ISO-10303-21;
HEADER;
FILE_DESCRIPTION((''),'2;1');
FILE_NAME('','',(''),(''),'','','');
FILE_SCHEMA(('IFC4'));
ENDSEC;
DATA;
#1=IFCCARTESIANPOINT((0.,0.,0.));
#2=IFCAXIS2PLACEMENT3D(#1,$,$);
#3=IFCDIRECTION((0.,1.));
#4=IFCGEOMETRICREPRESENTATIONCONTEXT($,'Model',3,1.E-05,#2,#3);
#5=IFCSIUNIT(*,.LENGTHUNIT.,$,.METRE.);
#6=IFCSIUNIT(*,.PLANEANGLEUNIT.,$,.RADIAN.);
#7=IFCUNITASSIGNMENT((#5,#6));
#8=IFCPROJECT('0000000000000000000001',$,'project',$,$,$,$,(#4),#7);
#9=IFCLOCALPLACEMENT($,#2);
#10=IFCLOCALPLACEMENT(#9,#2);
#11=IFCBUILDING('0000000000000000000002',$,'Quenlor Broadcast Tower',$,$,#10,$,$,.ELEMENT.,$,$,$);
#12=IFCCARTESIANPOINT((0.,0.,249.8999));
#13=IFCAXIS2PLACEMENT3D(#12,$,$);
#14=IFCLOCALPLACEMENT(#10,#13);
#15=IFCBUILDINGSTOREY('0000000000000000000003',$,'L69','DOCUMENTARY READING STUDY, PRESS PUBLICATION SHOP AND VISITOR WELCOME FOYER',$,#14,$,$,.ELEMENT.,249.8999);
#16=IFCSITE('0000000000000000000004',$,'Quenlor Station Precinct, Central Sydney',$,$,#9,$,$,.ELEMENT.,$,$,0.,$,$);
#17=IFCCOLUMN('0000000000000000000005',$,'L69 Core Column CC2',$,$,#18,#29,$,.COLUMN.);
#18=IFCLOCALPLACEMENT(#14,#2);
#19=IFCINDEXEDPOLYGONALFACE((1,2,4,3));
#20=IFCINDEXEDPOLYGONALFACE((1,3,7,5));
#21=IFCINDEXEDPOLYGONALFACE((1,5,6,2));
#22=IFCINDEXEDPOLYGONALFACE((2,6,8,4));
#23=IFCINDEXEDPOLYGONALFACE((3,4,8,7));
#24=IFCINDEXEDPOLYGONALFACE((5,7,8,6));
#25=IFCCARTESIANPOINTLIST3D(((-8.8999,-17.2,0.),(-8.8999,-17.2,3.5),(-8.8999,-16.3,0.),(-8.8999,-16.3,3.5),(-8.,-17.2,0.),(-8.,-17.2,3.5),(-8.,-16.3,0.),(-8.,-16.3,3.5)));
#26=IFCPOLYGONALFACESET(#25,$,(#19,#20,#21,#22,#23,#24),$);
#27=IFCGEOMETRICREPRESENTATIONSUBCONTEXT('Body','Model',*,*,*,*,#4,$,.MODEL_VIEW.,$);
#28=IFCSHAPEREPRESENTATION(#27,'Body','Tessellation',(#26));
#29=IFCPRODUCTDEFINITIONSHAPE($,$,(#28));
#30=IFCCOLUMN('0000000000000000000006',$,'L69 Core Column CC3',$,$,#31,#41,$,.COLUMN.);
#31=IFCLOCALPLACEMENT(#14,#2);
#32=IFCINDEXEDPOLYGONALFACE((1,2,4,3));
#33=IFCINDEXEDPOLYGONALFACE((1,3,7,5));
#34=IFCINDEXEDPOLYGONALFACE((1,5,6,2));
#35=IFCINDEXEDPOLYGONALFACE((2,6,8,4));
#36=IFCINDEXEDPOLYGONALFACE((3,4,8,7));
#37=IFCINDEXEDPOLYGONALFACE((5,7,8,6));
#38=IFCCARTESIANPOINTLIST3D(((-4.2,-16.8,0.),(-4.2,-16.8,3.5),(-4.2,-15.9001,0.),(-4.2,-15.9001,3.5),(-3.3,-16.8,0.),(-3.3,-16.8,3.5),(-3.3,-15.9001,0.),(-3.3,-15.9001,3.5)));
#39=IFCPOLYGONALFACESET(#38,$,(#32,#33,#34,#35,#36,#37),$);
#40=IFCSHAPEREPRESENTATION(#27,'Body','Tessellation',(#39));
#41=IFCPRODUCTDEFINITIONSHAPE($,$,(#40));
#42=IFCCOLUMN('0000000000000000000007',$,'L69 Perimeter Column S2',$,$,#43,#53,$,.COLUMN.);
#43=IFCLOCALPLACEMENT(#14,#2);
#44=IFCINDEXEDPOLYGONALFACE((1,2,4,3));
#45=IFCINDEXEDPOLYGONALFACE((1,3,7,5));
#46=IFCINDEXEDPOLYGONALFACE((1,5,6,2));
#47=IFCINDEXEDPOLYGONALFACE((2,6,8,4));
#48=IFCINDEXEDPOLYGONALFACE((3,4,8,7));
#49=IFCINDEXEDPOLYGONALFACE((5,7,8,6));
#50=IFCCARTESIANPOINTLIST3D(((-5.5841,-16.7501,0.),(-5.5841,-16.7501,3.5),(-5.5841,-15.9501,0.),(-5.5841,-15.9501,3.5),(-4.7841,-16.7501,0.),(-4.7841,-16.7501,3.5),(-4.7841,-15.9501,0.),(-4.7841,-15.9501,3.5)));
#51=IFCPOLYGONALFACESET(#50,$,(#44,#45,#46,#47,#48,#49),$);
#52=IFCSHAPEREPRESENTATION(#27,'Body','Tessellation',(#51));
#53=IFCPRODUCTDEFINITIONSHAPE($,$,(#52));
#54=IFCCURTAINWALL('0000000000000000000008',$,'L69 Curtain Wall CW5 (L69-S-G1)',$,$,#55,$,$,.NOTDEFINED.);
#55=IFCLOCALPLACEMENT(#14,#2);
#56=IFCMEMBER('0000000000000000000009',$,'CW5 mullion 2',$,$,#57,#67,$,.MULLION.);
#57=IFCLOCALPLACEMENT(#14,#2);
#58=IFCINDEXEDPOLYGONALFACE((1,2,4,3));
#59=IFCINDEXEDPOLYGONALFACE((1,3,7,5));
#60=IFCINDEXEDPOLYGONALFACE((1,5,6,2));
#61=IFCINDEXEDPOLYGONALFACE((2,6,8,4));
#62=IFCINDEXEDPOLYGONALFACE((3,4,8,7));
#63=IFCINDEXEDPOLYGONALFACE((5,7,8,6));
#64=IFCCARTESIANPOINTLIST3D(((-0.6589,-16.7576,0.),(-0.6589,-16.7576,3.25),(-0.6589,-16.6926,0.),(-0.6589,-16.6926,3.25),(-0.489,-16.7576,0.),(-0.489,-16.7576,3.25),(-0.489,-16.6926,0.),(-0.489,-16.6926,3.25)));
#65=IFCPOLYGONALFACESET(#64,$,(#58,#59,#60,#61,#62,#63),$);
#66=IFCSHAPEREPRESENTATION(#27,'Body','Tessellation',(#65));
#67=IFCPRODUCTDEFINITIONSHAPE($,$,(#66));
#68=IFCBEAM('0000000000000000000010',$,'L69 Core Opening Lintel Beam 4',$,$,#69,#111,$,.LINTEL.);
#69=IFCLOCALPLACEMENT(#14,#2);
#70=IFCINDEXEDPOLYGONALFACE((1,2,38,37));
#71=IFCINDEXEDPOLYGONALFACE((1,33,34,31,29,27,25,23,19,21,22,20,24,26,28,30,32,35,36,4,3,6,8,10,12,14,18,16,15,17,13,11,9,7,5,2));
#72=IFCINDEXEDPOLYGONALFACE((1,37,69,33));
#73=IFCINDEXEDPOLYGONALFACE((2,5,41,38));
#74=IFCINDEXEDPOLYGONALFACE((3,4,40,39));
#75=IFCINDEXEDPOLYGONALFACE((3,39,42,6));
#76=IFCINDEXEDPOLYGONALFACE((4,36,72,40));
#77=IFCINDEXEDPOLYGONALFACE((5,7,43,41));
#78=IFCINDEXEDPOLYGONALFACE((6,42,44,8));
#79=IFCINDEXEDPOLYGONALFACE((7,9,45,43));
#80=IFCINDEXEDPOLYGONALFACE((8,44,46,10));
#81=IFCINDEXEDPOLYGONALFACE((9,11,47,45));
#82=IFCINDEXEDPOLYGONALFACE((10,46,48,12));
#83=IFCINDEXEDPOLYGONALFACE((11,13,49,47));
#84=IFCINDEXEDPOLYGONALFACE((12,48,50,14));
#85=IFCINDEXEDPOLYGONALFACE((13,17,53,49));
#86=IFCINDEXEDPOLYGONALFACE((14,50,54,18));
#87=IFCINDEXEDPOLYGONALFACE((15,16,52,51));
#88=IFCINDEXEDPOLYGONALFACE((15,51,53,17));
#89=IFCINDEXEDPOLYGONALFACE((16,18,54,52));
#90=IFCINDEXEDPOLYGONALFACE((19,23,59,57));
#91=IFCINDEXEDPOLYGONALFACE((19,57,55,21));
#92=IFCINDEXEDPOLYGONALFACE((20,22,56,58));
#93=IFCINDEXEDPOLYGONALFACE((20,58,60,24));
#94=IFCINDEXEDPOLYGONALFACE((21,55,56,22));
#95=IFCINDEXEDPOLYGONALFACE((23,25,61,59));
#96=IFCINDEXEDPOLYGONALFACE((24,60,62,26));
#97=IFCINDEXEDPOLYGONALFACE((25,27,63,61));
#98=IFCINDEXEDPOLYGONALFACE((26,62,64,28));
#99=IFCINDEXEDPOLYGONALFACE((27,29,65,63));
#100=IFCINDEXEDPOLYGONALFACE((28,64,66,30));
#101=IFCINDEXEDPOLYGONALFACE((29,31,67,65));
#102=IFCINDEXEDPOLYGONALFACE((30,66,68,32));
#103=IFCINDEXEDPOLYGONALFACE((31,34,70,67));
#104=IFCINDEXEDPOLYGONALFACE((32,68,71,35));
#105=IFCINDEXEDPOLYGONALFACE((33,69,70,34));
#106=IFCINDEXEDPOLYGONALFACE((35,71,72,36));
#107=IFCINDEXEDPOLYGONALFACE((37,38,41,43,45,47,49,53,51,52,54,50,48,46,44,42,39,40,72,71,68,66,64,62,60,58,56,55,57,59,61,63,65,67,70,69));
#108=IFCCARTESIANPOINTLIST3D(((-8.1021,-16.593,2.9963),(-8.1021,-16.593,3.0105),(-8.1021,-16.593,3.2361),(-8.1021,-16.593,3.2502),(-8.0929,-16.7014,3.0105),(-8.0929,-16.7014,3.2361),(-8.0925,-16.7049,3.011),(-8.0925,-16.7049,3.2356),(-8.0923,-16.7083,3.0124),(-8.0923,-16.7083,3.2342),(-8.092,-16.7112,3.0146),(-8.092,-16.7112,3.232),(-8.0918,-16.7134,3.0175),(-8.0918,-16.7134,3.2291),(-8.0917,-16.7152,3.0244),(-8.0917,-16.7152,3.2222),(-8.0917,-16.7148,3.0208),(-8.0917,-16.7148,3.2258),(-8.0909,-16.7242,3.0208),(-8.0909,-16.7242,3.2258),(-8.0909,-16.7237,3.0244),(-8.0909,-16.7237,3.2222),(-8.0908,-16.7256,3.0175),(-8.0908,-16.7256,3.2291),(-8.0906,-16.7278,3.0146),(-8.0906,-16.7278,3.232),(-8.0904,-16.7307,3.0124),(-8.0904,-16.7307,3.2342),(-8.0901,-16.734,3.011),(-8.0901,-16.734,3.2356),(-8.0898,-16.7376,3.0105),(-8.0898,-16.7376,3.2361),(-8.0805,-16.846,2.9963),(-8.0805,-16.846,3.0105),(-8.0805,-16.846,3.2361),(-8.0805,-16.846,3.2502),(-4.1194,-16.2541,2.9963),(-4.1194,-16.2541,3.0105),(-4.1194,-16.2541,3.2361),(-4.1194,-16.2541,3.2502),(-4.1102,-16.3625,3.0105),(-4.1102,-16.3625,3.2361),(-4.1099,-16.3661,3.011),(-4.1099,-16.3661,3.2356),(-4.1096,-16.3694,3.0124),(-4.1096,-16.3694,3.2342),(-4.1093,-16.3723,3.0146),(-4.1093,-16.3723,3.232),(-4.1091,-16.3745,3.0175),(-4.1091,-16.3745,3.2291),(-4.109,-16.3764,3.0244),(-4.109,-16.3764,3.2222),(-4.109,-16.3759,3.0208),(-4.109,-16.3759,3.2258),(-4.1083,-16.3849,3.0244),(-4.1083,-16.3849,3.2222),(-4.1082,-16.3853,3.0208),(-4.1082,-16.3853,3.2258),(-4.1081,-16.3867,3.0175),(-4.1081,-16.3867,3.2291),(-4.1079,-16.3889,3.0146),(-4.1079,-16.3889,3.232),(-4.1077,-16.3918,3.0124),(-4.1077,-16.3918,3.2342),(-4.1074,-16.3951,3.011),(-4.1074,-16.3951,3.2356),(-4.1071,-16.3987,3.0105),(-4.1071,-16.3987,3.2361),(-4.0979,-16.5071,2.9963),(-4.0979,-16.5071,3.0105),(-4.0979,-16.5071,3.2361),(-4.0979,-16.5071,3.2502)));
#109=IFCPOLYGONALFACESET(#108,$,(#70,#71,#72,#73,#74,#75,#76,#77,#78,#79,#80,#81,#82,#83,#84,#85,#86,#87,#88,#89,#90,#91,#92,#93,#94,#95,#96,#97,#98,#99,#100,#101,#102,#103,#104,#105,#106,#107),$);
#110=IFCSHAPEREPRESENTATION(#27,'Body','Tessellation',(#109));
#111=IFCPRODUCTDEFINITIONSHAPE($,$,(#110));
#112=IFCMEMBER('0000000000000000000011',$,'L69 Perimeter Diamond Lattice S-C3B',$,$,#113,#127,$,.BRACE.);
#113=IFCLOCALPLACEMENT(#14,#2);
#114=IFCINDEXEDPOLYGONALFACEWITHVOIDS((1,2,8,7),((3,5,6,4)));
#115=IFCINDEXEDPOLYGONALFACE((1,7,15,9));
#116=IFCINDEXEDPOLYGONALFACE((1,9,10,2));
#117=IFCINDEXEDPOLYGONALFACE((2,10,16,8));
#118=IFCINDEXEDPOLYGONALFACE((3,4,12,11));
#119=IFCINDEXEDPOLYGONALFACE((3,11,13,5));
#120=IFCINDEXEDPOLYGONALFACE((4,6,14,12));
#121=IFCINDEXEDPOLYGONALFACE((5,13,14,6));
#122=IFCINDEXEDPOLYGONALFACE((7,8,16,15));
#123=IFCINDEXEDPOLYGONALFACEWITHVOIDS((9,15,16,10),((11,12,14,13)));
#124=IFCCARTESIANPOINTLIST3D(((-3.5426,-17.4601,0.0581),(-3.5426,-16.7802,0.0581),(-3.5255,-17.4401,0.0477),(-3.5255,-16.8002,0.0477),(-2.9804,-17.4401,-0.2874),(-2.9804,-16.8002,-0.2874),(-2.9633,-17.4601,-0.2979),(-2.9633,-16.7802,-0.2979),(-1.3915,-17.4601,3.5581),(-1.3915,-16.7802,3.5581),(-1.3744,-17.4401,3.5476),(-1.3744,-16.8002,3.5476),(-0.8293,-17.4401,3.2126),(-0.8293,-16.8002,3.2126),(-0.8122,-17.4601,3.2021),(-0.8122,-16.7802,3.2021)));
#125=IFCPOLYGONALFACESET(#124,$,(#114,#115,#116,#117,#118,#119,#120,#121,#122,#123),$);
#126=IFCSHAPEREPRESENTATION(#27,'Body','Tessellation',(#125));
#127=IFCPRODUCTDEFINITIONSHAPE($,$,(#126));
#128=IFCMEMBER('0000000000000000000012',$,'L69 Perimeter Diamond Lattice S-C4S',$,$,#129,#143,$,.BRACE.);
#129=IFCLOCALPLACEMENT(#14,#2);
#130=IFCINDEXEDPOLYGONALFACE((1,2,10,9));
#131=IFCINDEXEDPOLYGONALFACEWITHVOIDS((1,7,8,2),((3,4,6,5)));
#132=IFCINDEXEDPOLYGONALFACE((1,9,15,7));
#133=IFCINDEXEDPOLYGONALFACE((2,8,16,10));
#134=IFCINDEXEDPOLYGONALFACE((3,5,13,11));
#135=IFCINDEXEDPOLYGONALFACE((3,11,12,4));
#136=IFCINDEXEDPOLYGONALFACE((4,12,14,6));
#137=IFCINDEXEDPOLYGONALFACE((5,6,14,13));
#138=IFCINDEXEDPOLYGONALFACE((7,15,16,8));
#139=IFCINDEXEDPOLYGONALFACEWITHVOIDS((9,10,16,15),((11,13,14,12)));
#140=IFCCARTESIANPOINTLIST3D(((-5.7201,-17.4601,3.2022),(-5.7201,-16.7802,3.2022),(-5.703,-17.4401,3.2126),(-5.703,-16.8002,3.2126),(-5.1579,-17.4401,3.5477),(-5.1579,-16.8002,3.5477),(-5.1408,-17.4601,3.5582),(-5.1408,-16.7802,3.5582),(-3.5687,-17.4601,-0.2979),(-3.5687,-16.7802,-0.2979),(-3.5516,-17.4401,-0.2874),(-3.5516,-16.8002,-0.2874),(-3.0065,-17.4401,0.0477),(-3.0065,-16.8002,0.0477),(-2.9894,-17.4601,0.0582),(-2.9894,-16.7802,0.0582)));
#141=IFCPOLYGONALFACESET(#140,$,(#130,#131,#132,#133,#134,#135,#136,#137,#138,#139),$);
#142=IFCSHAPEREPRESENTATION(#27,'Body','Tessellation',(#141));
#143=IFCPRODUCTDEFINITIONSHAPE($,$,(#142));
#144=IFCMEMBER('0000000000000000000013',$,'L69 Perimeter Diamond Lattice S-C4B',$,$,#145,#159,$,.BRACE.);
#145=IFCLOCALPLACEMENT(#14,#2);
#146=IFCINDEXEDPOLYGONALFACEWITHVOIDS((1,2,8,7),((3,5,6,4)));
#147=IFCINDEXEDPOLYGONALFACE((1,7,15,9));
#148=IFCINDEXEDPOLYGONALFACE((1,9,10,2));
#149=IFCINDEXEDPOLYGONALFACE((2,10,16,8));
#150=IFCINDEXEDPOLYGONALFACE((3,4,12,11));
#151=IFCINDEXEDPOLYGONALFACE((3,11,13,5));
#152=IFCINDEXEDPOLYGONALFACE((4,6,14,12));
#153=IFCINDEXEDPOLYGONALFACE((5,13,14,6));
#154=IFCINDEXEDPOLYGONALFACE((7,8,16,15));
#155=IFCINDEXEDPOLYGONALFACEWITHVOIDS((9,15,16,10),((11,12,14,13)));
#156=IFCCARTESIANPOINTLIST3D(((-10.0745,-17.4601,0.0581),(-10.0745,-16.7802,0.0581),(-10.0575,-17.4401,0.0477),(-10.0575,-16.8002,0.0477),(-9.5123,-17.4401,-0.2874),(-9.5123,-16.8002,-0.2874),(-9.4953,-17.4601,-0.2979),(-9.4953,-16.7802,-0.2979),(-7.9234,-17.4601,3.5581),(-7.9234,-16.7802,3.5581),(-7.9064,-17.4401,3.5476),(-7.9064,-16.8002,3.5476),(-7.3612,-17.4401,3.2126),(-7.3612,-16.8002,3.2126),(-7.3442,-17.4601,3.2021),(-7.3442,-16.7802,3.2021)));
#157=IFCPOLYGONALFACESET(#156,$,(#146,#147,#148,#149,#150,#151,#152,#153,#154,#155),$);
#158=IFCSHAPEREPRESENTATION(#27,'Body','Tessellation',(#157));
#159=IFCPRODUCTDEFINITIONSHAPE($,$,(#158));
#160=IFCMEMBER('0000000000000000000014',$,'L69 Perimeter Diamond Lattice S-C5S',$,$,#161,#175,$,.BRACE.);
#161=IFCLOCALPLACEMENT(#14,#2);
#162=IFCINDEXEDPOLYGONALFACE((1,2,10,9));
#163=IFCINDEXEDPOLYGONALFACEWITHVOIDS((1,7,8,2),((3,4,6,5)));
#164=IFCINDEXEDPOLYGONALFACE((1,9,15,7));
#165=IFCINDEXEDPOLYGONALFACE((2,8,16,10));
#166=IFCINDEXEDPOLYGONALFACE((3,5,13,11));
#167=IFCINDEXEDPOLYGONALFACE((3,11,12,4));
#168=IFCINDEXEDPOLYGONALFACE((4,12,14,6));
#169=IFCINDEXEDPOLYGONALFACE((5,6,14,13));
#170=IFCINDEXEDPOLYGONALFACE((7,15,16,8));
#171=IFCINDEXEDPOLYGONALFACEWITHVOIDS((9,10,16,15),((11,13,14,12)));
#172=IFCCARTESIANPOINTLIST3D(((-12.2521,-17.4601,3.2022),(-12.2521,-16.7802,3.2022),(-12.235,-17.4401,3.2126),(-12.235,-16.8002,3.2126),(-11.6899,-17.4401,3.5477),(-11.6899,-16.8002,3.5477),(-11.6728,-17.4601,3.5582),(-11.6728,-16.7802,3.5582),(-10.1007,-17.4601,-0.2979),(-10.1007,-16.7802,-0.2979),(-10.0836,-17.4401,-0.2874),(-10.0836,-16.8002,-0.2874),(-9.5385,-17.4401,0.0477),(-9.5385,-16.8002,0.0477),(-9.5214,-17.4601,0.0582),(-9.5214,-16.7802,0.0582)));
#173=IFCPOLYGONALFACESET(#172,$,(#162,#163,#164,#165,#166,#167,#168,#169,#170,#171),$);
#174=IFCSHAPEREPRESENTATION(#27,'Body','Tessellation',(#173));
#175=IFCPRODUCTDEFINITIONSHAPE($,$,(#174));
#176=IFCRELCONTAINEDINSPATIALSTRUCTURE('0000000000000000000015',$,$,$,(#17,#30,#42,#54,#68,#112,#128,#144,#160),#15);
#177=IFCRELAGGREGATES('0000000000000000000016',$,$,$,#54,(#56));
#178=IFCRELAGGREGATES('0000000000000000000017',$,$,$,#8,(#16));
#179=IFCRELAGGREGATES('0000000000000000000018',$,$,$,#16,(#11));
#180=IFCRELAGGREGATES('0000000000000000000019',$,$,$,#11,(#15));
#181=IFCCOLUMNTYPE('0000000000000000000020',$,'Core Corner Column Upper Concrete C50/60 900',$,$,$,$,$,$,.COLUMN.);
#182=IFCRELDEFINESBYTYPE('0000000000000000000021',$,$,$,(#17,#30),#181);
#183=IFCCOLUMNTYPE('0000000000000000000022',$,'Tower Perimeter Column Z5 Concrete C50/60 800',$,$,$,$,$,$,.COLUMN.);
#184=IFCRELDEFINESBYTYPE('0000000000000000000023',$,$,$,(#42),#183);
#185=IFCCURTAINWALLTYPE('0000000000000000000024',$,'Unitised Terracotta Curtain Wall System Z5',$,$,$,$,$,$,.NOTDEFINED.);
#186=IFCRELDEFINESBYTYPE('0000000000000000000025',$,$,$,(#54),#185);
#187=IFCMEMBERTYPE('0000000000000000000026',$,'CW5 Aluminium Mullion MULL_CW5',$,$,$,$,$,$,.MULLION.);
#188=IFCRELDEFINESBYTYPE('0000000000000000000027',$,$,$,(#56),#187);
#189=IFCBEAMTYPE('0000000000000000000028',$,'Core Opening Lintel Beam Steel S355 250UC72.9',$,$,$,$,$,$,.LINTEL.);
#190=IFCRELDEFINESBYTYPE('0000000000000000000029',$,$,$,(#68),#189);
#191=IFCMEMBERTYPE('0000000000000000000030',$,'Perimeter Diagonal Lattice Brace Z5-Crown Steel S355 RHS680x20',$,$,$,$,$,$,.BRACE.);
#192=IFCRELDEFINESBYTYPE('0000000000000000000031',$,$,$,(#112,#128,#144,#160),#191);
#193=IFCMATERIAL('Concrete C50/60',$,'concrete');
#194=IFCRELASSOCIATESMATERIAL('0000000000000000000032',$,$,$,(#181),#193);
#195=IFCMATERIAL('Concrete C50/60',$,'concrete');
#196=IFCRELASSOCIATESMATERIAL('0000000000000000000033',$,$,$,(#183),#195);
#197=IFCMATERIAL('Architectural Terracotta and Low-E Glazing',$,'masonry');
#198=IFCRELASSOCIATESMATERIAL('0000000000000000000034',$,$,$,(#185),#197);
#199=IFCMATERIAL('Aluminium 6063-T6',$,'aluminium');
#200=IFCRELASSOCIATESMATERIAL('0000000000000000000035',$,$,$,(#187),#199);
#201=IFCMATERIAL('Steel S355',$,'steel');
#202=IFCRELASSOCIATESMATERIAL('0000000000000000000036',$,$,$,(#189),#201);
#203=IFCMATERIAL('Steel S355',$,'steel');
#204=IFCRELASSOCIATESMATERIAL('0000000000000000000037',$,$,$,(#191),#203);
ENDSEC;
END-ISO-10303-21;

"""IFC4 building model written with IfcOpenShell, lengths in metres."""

from ifc_helpers import new_model, si_unit, direction, frame, origin, origin_2d, place, context, subcontext, project, spatial, rectangle, hollow_rectangle, i_section, extrude, material, material_profile, profile_set, type_object, element, aggregate, save


model = new_model("IFC4")

# Units and contexts
model_context = context("Model", 3, precision=1e-05, world=origin(), true_north=direction((0.0, 1.0)))
body_context = subcontext(model_context, "Body", "Model", "MODEL_VIEW")
ifc_project = project(units=[si_unit("LENGTHUNIT", "METRE"), si_unit("PLANEANGLEUNIT", "RADIAN")], contexts=[model_context])

# Site, building, storey
site_placement = place(None, origin())
site = spatial("IfcSite", under=ifc_project, at=site_placement, Name="Quenlor Station Precinct, Central Sydney", CompositionType="ELEMENT", RefElevation=0.0)
building_placement = place(site_placement, origin())
building = spatial("IfcBuilding", under=site, at=building_placement, Name="Quenlor Broadcast Tower", CompositionType="ELEMENT")
storey_placement = place(building_placement, frame((0.0, 0.0, 249.8999)))
storey = spatial("IfcBuildingStorey", under=building, at=storey_placement, Name="L69", Description="DOCUMENTARY READING STUDY, PRESS PUBLICATION SHOP AND VISITOR WELCOME FOYER", CompositionType="ELEMENT", Elevation=249.8999)

# Columns
ifc_material_1 = material(Name="Concrete C50/60", Category="concrete")
ifc_material_profile_1 = material_profile(ifc_material_1, rectangle(XDim=0.8999, YDim=0.8999, at=origin_2d()))
ifc_profile_set_1 = profile_set([ifc_material_profile_1], Name="Concrete C50/60 RC900x900")
column_type_1 = type_object("IfcColumnType", Name="Core Corner Column Upper Concrete C50/60 900", PredefinedType="COLUMN", material=ifc_profile_set_1)
for number, where, z_axis, x_axis, name in (
    (1, (-8.45, -16.75, 0.0), (0.0, 0.0, 1.0), (1.0, 0.0, 0.0), "L69 Core Column CC2"),
    (2, (-3.75, -16.3501, 0.0), (0.0, 0.0, 1.0), (1.0, 0.0, 0.0), "L69 Core Column CC3"),
):
    element("IfcColumn", number, at=place(storey_placement, frame(where, z_axis=z_axis, x_axis=x_axis)), inside=storey, type_object=column_type_1, Name=name, PredefinedType="COLUMN", context=body_context, shape_type="SweptSolid", body=[
        extrude(rectangle(XDim=0.8999, YDim=0.8999, at=origin_2d()), origin(), (0.0, 0.0, 1.0), 3.5),
    ])
ifc_material_2 = material(Name="Concrete C50/60", Category="concrete")
ifc_material_profile_2 = material_profile(ifc_material_2, rectangle(XDim=0.8, YDim=0.8, at=origin_2d()))
ifc_profile_set_2 = profile_set([ifc_material_profile_2], Name="Concrete C50/60 RC800x800")
column_type_2 = type_object("IfcColumnType", Name="Tower Perimeter Column Z5 Concrete C50/60 800", PredefinedType="COLUMN", material=ifc_profile_set_2)
column_placement = place(storey_placement, frame((-5.1841, -16.3501, 0.0), z_axis=(0.0, 0.0, 1.0), x_axis=(0.0, 1.0, 0.0)))
element("IfcColumn", 3, at=column_placement, inside=storey, type_object=column_type_2, Name="L69 Perimeter Column S2", PredefinedType="COLUMN", context=body_context, shape_type="SweptSolid", body=[
    extrude(rectangle(XDim=0.8, YDim=0.8, at=origin_2d()), origin(), (0.0, 0.0, 1.0), 3.5),
])

# Curtain wall, member
ifc_material_3 = material(Name="Architectural Terracotta and Low-E Glazing", Category="masonry")
curtain_wall_type = type_object("IfcCurtainWallType", Name="Unitised Terracotta Curtain Wall System Z5", PredefinedType="NOTDEFINED", material=ifc_material_3)
curtain_wall_placement = place(storey_placement, origin())
curtain_wall = element("IfcCurtainWall", 4, at=curtain_wall_placement, inside=storey, type_object=curtain_wall_type, Name="L69 Curtain Wall CW5 (L69-S-G1)", PredefinedType="NOTDEFINED")
ifc_material_4 = material(Name="Aluminium 6063-T6", Category="aluminium")
ifc_material_profile_3 = material_profile(ifc_material_4, rectangle(XDim=0.0649, YDim=0.1699, at=origin_2d()))
ifc_profile_set_3 = profile_set([ifc_material_profile_3], Name="Aluminium 6063-T6 MULL65x170")
member_type_1 = type_object("IfcMemberType", Name="CW5 Aluminium Mullion MULL_CW5", PredefinedType="MULLION", material=ifc_profile_set_3)
member_1_placement = place(storey_placement, frame((-0.574, -16.7251, 0.0), z_axis=(0.0, 0.0, 1.0), x_axis=(0.0, -1.0, 0.0)))
member_1 = element("IfcMember", 5, at=member_1_placement, type_object=member_type_1, Name="CW5 mullion 2", PredefinedType="MULLION", context=body_context, shape_type="SweptSolid", body=[
    extrude(rectangle(XDim=0.0649, YDim=0.1699, at=origin_2d()), origin(), (0.0, 0.0, 1.0), 3.25),
])

# Beam
ifc_material_5 = material(Name="Steel S355", Category="steel")
ifc_material_profile_4 = material_profile(ifc_material_5, i_section(OverallWidth=0.2539, OverallDepth=0.2539, WebThickness=0.0085, FlangeThickness=0.0142, FilletRadius=0.0139, at=origin_2d()))
ifc_profile_set_4 = profile_set([ifc_material_profile_4], Name="Steel S355 250UC72.9")
beam_type_1 = type_object("IfcBeamType", Name="Core Opening Lintel Beam Steel S355 250UC72.9", PredefinedType="LINTEL", material=ifc_profile_set_4)
beam_1_placement = place(storey_placement, frame((-8.0913, -16.7195, 3.1233), z_axis=(0.9964, 0.084779, 0.0), x_axis=(-0.084779, 0.9964, 0.0)))
element("IfcBeam", 6, at=beam_1_placement, inside=storey, type_object=beam_type_1, Name="L69 Core Opening Lintel Beam 4", PredefinedType="LINTEL", context=body_context, shape_type="SweptSolid", body=[
    extrude(i_section(OverallWidth=0.2539, OverallDepth=0.2539, WebThickness=0.0085, FlangeThickness=0.0142, FilletRadius=0.0139, at=origin_2d()), origin(), (0.0, 0.0, 1.0), 3.9971),
])

# Members
ifc_material_6 = material(Name="Steel S355", Category="steel")
ifc_material_profile_5 = material_profile(ifc_material_6, hollow_rectangle(XDim=0.6799, YDim=0.6799, WallThickness=0.02, at=origin_2d()))
ifc_profile_set_5 = profile_set([ifc_material_profile_5], Name="Steel S355 RHS680x680x20")
member_type_2 = type_object("IfcMemberType", Name="Perimeter Diagonal Lattice Brace Z5-Crown Steel S355 RHS680x20", PredefinedType="BRACE", material=ifc_profile_set_5)
member_2_placement = place(storey_placement, frame((-3.2529, -17.1201, -0.1199), z_axis=(0.523617, 0.0, 0.851954), x_axis=(0.0, 1.0, 0.0)))
element("IfcMember", 7, at=member_2_placement, inside=storey, type_object=member_type_2, Name="L69 Perimeter Diamond Lattice S-C3B", PredefinedType="BRACE", context=body_context, shape_type="SweptSolid", body=[
    extrude(hollow_rectangle(XDim=0.6799, YDim=0.6799, WallThickness=0.02, at=origin_2d()), origin(), (0.0, 0.0, 1.0), 4.1082),
])
member_3_placement = place(storey_placement, frame((-3.2791, -17.1201, -0.1199), z_axis=(-0.52366, 0.0, 0.851928), x_axis=(0.0, -1.0, 0.0)))
element("IfcMember", 8, at=member_3_placement, inside=storey, type_object=member_type_2, Name="L69 Perimeter Diamond Lattice S-C4S", PredefinedType="BRACE", context=body_context, shape_type="SweptSolid", body=[
    extrude(hollow_rectangle(XDim=0.6799, YDim=0.6799, WallThickness=0.02, at=origin_2d()), origin(), (0.0, 0.0, 1.0), 4.1084),
])
member_4_placement = place(storey_placement, frame((-9.7849, -17.1201, -0.1199), z_axis=(0.523617, 0.0, 0.851954), x_axis=(0.0, 1.0, 0.0)))
element("IfcMember", 9, at=member_4_placement, inside=storey, type_object=member_type_2, Name="L69 Perimeter Diamond Lattice S-C4B", PredefinedType="BRACE", context=body_context, shape_type="SweptSolid", body=[
    extrude(hollow_rectangle(XDim=0.6799, YDim=0.6799, WallThickness=0.02, at=origin_2d()), origin(), (0.0, 0.0, 1.0), 4.1082),
])
member_5_placement = place(storey_placement, frame((-9.811, -17.1201, -0.1199), z_axis=(-0.52366, 0.0, 0.851928), x_axis=(0.0, -1.0, 0.0)))
element("IfcMember", 10, at=member_5_placement, inside=storey, type_object=member_type_2, Name="L69 Perimeter Diamond Lattice S-C5S", PredefinedType="BRACE", context=body_context, shape_type="SweptSolid", body=[
    extrude(hollow_rectangle(XDim=0.6799, YDim=0.6799, WallThickness=0.02, at=origin_2d()), origin(), (0.0, 0.0, 1.0), 4.1084),
])

aggregate(curtain_wall, [member_1])

save(model, "model.ifc")
